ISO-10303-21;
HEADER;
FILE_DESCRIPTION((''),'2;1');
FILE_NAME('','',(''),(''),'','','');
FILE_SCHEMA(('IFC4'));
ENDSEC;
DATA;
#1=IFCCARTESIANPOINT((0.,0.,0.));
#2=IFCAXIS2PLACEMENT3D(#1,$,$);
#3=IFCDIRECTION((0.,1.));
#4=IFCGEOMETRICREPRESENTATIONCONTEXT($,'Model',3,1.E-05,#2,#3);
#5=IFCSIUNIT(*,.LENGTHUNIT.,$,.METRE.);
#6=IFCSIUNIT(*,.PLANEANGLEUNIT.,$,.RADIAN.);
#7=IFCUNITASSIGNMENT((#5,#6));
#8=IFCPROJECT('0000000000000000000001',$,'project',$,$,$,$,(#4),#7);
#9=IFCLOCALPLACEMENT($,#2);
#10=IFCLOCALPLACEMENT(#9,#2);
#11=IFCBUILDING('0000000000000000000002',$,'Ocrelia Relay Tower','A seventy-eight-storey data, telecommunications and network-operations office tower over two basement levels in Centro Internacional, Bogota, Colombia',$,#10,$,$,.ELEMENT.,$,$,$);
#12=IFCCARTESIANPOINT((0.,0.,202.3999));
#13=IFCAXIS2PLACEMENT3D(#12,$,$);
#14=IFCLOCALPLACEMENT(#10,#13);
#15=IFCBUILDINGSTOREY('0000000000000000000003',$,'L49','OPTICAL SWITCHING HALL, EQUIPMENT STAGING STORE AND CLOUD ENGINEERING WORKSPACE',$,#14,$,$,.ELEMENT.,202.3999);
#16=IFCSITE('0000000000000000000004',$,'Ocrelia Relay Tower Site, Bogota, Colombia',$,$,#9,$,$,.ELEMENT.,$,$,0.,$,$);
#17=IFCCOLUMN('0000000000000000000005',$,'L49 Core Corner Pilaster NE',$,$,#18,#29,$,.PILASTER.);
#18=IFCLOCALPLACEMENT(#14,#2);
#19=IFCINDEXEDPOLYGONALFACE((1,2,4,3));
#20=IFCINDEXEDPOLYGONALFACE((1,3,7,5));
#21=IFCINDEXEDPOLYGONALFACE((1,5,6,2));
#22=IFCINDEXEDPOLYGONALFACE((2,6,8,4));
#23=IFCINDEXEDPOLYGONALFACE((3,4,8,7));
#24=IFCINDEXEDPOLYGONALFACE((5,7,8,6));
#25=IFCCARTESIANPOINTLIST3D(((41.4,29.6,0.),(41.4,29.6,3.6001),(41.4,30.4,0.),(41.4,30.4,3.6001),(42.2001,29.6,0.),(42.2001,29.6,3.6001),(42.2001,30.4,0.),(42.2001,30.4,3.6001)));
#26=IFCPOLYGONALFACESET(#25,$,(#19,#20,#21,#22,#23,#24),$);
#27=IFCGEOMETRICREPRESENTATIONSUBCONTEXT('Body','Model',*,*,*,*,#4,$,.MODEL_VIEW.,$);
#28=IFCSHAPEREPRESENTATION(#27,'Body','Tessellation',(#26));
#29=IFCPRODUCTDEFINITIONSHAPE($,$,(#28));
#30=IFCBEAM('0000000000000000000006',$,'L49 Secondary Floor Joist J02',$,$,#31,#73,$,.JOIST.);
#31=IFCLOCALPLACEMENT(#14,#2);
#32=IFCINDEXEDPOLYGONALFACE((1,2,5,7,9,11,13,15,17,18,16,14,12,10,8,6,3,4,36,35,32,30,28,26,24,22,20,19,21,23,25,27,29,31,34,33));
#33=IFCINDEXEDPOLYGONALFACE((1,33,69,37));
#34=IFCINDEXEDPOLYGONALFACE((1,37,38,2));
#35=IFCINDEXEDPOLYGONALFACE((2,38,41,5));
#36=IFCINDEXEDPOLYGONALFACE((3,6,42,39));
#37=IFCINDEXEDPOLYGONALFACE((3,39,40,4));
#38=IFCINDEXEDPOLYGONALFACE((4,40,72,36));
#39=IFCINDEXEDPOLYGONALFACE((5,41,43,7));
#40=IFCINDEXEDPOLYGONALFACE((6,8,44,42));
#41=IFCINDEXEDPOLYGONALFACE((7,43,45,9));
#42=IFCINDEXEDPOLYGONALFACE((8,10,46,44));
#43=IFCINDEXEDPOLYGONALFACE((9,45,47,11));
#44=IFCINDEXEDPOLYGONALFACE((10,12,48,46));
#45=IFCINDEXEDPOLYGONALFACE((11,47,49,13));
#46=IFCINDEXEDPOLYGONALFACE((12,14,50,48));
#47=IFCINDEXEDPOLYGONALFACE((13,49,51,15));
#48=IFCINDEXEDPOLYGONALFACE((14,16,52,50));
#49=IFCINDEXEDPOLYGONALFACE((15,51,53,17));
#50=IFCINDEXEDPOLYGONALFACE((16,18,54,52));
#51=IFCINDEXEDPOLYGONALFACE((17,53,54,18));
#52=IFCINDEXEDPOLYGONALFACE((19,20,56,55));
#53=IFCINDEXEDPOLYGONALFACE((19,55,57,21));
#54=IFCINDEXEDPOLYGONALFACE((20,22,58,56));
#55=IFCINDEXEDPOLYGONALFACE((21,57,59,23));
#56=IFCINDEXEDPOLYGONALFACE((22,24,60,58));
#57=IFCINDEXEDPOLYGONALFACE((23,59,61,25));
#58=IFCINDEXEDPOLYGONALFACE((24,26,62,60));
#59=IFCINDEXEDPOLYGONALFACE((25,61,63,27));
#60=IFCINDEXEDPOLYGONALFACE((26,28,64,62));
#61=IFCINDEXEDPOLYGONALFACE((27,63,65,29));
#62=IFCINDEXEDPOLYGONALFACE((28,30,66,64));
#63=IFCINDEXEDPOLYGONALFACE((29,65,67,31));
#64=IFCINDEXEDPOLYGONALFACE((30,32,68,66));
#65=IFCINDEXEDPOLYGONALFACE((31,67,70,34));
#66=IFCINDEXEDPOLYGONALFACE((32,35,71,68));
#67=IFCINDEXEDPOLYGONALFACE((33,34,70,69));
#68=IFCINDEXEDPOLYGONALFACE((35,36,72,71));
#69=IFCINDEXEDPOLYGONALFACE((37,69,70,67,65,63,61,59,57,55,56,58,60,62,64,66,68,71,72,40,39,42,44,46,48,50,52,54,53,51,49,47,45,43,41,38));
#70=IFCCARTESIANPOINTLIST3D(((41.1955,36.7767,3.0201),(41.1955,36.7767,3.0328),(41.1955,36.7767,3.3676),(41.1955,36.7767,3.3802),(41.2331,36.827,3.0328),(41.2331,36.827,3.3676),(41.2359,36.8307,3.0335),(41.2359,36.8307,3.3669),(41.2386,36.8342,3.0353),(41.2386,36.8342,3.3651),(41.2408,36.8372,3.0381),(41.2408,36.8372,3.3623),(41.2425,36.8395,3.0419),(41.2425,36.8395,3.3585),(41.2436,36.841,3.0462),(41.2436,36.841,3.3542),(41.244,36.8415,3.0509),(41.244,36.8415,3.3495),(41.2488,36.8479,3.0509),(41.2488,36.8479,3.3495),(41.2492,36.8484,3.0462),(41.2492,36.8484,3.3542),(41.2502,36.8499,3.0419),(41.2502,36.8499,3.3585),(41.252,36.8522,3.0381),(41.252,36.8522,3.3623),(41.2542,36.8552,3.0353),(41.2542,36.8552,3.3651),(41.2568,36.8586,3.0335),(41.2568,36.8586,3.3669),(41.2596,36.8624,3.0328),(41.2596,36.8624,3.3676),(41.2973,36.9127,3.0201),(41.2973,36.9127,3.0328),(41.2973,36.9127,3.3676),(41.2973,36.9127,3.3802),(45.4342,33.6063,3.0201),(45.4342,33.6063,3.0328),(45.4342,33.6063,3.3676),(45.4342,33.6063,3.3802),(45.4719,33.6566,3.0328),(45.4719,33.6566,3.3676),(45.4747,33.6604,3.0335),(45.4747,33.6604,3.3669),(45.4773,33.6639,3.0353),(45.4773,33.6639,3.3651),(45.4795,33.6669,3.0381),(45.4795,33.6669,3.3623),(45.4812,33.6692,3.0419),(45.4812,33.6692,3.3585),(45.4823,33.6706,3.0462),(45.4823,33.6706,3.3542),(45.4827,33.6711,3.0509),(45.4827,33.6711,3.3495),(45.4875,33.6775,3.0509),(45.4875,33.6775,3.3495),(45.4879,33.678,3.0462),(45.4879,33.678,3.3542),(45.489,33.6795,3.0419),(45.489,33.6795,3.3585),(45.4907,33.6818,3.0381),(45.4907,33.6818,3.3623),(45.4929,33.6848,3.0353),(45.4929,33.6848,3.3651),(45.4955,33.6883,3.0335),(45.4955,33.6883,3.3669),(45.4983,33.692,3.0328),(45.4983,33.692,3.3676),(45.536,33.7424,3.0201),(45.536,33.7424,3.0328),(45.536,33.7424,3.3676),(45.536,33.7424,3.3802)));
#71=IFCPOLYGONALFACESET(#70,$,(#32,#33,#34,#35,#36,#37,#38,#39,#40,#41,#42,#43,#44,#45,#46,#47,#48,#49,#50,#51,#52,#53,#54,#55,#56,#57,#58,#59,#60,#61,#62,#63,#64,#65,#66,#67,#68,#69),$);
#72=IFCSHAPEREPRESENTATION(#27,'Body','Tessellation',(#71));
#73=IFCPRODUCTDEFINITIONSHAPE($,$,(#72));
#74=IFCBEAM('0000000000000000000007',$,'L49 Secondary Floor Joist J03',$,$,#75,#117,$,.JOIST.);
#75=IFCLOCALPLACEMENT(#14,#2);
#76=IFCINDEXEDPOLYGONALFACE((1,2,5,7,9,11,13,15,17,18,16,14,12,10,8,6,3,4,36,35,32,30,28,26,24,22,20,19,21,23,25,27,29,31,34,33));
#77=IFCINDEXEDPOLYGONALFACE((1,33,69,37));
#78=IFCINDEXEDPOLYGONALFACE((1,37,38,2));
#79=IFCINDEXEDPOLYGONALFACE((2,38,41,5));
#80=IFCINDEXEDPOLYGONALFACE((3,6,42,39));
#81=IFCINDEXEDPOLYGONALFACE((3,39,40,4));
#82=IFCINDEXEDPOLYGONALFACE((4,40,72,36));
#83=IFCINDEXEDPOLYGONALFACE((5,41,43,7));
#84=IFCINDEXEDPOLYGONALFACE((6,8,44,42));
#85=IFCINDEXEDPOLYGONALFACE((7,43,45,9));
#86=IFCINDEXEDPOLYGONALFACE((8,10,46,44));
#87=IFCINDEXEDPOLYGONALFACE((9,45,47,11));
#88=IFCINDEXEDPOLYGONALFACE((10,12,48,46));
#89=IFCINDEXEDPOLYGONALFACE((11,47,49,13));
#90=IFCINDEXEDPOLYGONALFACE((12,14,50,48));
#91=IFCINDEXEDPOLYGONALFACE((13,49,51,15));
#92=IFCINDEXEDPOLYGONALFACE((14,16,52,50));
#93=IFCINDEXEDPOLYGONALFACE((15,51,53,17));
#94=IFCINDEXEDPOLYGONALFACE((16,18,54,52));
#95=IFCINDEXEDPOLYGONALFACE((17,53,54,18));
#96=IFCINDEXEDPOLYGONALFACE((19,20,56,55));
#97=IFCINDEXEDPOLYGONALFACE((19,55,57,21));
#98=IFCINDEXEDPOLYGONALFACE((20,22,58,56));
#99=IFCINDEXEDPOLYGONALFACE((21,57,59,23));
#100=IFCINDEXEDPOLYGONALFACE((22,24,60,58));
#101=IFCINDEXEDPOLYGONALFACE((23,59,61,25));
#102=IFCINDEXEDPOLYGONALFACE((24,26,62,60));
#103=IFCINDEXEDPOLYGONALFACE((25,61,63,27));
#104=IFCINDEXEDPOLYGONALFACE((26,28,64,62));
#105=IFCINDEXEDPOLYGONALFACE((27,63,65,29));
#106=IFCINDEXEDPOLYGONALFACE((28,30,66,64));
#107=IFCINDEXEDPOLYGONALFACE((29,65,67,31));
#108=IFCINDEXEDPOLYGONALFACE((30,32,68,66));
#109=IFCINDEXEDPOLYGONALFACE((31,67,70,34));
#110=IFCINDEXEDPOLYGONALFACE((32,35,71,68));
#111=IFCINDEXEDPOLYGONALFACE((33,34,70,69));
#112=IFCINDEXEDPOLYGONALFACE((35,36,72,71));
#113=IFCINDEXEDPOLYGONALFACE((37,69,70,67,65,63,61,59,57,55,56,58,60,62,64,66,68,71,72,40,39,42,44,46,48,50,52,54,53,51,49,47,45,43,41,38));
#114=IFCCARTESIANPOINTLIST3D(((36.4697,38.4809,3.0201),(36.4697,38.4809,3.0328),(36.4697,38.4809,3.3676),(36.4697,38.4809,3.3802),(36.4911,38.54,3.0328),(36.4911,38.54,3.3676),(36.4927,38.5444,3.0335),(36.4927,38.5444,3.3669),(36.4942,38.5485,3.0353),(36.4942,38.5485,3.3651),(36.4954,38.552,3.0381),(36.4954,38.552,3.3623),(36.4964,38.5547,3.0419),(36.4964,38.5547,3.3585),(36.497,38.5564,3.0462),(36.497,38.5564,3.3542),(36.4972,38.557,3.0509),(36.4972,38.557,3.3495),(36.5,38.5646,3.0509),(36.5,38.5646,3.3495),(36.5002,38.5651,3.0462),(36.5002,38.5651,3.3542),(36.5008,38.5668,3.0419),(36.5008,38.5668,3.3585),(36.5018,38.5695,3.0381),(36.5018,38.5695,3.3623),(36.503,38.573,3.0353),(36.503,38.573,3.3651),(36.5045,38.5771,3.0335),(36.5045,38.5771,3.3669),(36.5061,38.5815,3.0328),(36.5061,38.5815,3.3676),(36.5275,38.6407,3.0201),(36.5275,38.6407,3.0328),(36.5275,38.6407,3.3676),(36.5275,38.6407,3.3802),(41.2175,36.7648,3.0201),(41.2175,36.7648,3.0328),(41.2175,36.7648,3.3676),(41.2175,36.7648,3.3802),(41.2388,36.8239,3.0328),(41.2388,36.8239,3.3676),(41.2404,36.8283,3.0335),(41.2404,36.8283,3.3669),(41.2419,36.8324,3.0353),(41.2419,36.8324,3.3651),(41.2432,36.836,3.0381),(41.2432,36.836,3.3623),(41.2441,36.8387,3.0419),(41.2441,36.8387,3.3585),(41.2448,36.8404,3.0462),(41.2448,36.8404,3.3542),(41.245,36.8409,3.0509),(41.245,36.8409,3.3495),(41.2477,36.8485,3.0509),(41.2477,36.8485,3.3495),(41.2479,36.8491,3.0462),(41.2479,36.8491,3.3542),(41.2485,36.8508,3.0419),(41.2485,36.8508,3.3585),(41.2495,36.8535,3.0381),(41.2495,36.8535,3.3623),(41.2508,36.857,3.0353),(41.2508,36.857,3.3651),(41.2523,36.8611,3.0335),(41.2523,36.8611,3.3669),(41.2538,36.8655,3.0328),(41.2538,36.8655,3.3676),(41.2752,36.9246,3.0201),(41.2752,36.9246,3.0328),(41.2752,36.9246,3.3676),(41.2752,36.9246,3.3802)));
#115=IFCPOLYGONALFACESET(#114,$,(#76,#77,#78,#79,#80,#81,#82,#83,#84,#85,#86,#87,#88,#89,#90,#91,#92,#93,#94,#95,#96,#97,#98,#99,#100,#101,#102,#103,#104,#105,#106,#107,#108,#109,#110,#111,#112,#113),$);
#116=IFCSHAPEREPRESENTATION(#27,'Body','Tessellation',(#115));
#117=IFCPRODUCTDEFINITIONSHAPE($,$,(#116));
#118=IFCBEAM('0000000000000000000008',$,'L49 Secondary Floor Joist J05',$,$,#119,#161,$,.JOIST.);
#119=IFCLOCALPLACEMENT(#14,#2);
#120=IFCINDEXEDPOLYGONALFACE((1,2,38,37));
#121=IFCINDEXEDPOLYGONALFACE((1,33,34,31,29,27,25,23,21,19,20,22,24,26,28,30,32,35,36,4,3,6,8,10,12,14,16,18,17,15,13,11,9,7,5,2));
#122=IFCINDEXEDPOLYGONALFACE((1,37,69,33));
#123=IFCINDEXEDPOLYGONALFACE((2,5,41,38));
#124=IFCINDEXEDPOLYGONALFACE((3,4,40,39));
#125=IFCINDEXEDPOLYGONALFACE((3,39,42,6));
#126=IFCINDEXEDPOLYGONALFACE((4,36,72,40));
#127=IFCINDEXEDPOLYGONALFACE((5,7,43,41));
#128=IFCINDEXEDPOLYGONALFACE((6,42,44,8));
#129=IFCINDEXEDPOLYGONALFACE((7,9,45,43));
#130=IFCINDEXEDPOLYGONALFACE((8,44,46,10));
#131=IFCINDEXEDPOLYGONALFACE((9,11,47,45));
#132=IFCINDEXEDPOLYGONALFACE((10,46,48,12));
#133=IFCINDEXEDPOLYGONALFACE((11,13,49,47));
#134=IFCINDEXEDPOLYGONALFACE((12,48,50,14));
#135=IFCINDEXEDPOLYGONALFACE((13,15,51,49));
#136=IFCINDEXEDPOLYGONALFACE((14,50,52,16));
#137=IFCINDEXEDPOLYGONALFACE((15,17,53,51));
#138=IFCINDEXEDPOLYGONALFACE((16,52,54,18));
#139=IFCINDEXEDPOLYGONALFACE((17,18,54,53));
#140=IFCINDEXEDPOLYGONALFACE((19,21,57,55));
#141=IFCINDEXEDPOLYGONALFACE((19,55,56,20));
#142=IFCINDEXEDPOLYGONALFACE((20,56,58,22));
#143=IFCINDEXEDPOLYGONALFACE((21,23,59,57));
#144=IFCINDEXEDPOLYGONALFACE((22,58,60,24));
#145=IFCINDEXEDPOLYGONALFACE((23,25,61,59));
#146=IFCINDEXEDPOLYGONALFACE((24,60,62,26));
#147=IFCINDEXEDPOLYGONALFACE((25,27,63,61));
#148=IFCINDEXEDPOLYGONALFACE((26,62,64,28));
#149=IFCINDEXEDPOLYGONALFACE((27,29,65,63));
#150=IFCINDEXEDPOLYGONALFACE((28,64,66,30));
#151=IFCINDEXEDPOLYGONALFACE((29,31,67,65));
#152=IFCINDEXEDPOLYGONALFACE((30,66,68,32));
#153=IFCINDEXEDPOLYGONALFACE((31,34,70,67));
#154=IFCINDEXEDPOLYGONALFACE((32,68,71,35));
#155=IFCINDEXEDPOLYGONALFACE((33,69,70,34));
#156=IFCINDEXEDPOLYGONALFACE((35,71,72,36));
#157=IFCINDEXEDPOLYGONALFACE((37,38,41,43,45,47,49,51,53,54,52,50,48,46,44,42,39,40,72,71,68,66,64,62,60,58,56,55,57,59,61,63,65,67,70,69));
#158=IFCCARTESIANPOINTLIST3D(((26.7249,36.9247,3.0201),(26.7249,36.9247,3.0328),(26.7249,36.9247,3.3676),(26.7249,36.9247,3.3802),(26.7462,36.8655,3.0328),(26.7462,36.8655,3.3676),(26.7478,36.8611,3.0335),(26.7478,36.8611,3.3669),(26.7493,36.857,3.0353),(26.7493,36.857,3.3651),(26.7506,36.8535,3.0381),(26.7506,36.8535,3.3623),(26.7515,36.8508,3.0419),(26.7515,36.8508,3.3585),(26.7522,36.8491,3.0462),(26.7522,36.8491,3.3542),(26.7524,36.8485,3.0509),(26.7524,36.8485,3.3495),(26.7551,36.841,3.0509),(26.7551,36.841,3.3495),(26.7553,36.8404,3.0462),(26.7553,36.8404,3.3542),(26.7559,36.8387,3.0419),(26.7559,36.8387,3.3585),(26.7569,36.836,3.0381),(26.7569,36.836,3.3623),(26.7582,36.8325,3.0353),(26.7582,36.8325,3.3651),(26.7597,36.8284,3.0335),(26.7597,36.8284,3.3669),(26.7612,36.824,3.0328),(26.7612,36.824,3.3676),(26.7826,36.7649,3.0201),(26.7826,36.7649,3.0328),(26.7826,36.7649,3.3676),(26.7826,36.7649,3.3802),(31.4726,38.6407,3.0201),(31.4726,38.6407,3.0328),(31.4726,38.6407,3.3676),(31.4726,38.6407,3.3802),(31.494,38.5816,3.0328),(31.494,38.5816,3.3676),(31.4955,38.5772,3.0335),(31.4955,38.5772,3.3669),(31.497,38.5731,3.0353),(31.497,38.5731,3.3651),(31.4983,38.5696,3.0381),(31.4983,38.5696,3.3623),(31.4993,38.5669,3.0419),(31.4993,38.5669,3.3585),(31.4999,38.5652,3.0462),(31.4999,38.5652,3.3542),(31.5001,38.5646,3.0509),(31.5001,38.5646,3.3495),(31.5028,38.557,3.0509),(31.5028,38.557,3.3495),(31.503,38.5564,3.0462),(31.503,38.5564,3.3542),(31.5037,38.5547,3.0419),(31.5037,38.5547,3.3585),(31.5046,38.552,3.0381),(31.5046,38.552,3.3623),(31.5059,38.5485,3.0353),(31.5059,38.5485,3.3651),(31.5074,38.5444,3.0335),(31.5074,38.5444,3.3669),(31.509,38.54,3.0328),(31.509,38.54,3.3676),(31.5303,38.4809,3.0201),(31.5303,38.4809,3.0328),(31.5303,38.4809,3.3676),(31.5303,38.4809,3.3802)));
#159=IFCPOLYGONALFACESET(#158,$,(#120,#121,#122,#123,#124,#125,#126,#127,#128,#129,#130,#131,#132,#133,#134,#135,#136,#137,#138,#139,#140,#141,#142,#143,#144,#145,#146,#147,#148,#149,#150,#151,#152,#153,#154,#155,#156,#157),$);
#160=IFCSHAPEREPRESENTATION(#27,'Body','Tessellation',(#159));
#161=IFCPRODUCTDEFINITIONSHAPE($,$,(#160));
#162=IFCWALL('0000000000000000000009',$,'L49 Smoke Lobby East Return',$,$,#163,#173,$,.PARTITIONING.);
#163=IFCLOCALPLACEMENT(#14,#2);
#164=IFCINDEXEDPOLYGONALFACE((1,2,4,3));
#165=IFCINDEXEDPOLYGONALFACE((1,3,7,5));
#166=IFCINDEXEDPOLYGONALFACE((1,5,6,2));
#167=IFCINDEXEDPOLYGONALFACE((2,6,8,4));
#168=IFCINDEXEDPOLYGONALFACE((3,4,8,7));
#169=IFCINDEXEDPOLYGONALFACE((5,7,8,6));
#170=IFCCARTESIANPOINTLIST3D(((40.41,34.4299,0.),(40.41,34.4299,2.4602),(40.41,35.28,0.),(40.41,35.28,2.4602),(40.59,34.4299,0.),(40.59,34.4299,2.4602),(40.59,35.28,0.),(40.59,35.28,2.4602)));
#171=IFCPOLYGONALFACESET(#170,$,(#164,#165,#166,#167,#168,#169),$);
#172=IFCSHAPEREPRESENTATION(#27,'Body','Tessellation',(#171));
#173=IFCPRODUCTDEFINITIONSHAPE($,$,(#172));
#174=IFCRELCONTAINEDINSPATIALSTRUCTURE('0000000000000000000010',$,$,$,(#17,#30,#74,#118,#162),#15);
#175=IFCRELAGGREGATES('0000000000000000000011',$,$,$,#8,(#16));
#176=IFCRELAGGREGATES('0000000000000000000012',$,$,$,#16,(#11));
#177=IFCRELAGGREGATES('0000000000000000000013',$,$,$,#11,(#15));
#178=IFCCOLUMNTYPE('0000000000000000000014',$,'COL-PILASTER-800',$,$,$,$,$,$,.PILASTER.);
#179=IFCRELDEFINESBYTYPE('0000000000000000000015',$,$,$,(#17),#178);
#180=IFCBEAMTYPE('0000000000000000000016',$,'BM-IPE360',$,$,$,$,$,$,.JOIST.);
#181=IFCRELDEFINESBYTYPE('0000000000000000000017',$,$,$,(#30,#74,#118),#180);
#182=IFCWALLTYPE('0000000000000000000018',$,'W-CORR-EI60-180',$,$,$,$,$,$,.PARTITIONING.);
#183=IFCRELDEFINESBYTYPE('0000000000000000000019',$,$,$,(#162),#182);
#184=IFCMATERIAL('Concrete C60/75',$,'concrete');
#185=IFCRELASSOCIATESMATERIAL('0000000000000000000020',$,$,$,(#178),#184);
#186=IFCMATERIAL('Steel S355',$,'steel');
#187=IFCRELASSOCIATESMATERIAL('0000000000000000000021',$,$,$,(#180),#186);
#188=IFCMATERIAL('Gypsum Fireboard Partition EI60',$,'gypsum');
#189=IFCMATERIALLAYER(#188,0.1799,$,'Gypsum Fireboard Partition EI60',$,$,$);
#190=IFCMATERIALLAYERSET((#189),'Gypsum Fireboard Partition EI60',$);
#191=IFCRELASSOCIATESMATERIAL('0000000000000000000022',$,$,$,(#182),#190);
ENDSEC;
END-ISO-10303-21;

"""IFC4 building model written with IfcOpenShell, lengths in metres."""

from ifc_helpers import new_model, si_unit, direction, frame, frame_2d, origin, origin_2d, place, context, subcontext, project, spatial, rectangle, i_section, extrude, material, layer, layer_set, material_profile, profile_set, type_object, element, save


model = new_model("IFC4")

# Units and contexts
model_context = context("Model", 3, precision=1e-05, world=origin(), true_north=direction((0.0, 1.0)))
body_context = subcontext(model_context, "Body", "Model", "MODEL_VIEW")
ifc_project = project(units=[si_unit("LENGTHUNIT", "METRE"), si_unit("PLANEANGLEUNIT", "RADIAN")], contexts=[model_context])

# Site, building, storey
site_placement = place(None, origin())
site = spatial("IfcSite", under=ifc_project, at=site_placement, Name="Ocrelia Relay Tower Site, Bogota, Colombia", CompositionType="ELEMENT", RefElevation=0.0)
building_placement = place(site_placement, origin())
building = spatial("IfcBuilding", under=site, at=building_placement, Name="Ocrelia Relay Tower", Description="A seventy-eight-storey data, telecommunications and network-operations office tower over two basement levels in Centro Internacional, Bogota, Colombia", CompositionType="ELEMENT")
storey_placement = place(building_placement, frame((0.0, 0.0, 202.3999)))
storey = spatial("IfcBuildingStorey", under=building, at=storey_placement, Name="L49", Description="OPTICAL SWITCHING HALL, EQUIPMENT STAGING STORE AND CLOUD ENGINEERING WORKSPACE", CompositionType="ELEMENT", Elevation=202.3999)

# Column
ifc_material_1 = material(Name="Concrete C60/75", Category="concrete")
ifc_material_profile_1 = material_profile(ifc_material_1, rectangle(XDim=0.8, YDim=0.8, at=origin_2d()), Name="RC-COL-800x800")
ifc_profile_set_1 = profile_set([ifc_material_profile_1], Name="Concrete C60/75")
column_type = type_object("IfcColumnType", Name="COL-PILASTER-800", PredefinedType="PILASTER", material=ifc_profile_set_1)
column_placement = place(storey_placement, frame((41.8, 30.0, 0.0), z_axis=(0.0, 0.0, 1.0), x_axis=(1.0, 0.0, 0.0)))
element("IfcColumn", 1, at=column_placement, inside=storey, type_object=column_type, Name="L49 Core Corner Pilaster NE", PredefinedType="PILASTER", context=body_context, shape_type="SweptSolid", body=[
    extrude(rectangle(XDim=0.8, YDim=0.8, at=origin_2d()), origin(), (0.0, 0.0, 1.0), 3.6001),
])

# Beams
ifc_material_2 = material(Name="Steel S355", Category="steel")
ifc_material_profile_2 = material_profile(ifc_material_2, i_section(OverallWidth=0.1699, OverallDepth=0.3601, WebThickness=0.0081, FlangeThickness=0.0127, FilletRadius=0.0181, at=origin_2d()), Name="IPE 360")
ifc_profile_set_2 = profile_set([ifc_material_profile_2], Name="Steel S355")
beam_type = type_object("IfcBeamType", Name="BM-IPE360", PredefinedType="JOIST", material=ifc_profile_set_2)
beam_placement = place(storey_placement, frame((45.4851, 33.6743, 3.2002), z_axis=(-0.800785, 0.598952, 0.0), x_axis=(-0.598952, -0.800785, 0.0)))
element("IfcBeam", 2, at=beam_placement, inside=storey, type_object=beam_type, Name="L49 Secondary Floor Joist J02", PredefinedType="JOIST", context=body_context, shape_type="SweptSolid", body=[
    extrude(i_section(OverallWidth=0.1699, OverallDepth=0.3601, WebThickness=0.0081, FlangeThickness=0.0127, FilletRadius=0.0181, at=origin_2d()), origin(), (0.0, 0.0, 1.0), 5.2932),
])
for number, where, z_axis, x_axis, name in (
    (3, (41.2463, 36.8447, 3.2002), (-0.940454, 0.339921, 0.0), (-0.339921, -0.940454, 0.0), "L49 Secondary Floor Joist J03"),
    (4, (31.5015, 38.5608, 3.2002), (-0.940454, -0.339921, 0.0), (0.339921, -0.940454, 0.0), "L49 Secondary Floor Joist J05"),
):
    element("IfcBeam", number, at=place(storey_placement, frame(where, z_axis=z_axis, x_axis=x_axis)), inside=storey, type_object=beam_type, Name=name, PredefinedType="JOIST", context=body_context, shape_type="SweptSolid", body=[
        extrude(i_section(OverallWidth=0.1699, OverallDepth=0.3601, WebThickness=0.0081, FlangeThickness=0.0127, FilletRadius=0.0181, at=origin_2d()), origin(), (0.0, 0.0, 1.0), 5.0483),
    ])

# Wall
ifc_material_3 = material(Name="Gypsum Fireboard Partition EI60", Category="gypsum")
ifc_layer_1 = layer(ifc_material_3, 0.1799, Name="Gypsum Fireboard Partition EI60")
ifc_layer_set_1 = layer_set([ifc_layer_1], Name="Gypsum Fireboard Partition EI60")
wall_type_1 = type_object("IfcWallType", Name="W-CORR-EI60-180", PredefinedType="PARTITIONING", material=ifc_layer_set_1)
wall_1_placement = place(storey_placement, frame((40.5, 35.28, 0.0), z_axis=(0.0, 0.0, 1.0), x_axis=(0.0, -1.0, 0.0)))
element("IfcWall", 5, at=wall_1_placement, inside=storey, type_object=wall_type_1, Name="L49 Smoke Lobby East Return", PredefinedType="PARTITIONING", context=body_context, shape_type="SweptSolid", body=[
    extrude(rectangle(XDim=0.8501, YDim=0.1799, at=frame_2d((0.425, 0.0))), origin(), (0.0, 0.0, 1.0), 2.4602),
])

save(model, "model.ifc")
